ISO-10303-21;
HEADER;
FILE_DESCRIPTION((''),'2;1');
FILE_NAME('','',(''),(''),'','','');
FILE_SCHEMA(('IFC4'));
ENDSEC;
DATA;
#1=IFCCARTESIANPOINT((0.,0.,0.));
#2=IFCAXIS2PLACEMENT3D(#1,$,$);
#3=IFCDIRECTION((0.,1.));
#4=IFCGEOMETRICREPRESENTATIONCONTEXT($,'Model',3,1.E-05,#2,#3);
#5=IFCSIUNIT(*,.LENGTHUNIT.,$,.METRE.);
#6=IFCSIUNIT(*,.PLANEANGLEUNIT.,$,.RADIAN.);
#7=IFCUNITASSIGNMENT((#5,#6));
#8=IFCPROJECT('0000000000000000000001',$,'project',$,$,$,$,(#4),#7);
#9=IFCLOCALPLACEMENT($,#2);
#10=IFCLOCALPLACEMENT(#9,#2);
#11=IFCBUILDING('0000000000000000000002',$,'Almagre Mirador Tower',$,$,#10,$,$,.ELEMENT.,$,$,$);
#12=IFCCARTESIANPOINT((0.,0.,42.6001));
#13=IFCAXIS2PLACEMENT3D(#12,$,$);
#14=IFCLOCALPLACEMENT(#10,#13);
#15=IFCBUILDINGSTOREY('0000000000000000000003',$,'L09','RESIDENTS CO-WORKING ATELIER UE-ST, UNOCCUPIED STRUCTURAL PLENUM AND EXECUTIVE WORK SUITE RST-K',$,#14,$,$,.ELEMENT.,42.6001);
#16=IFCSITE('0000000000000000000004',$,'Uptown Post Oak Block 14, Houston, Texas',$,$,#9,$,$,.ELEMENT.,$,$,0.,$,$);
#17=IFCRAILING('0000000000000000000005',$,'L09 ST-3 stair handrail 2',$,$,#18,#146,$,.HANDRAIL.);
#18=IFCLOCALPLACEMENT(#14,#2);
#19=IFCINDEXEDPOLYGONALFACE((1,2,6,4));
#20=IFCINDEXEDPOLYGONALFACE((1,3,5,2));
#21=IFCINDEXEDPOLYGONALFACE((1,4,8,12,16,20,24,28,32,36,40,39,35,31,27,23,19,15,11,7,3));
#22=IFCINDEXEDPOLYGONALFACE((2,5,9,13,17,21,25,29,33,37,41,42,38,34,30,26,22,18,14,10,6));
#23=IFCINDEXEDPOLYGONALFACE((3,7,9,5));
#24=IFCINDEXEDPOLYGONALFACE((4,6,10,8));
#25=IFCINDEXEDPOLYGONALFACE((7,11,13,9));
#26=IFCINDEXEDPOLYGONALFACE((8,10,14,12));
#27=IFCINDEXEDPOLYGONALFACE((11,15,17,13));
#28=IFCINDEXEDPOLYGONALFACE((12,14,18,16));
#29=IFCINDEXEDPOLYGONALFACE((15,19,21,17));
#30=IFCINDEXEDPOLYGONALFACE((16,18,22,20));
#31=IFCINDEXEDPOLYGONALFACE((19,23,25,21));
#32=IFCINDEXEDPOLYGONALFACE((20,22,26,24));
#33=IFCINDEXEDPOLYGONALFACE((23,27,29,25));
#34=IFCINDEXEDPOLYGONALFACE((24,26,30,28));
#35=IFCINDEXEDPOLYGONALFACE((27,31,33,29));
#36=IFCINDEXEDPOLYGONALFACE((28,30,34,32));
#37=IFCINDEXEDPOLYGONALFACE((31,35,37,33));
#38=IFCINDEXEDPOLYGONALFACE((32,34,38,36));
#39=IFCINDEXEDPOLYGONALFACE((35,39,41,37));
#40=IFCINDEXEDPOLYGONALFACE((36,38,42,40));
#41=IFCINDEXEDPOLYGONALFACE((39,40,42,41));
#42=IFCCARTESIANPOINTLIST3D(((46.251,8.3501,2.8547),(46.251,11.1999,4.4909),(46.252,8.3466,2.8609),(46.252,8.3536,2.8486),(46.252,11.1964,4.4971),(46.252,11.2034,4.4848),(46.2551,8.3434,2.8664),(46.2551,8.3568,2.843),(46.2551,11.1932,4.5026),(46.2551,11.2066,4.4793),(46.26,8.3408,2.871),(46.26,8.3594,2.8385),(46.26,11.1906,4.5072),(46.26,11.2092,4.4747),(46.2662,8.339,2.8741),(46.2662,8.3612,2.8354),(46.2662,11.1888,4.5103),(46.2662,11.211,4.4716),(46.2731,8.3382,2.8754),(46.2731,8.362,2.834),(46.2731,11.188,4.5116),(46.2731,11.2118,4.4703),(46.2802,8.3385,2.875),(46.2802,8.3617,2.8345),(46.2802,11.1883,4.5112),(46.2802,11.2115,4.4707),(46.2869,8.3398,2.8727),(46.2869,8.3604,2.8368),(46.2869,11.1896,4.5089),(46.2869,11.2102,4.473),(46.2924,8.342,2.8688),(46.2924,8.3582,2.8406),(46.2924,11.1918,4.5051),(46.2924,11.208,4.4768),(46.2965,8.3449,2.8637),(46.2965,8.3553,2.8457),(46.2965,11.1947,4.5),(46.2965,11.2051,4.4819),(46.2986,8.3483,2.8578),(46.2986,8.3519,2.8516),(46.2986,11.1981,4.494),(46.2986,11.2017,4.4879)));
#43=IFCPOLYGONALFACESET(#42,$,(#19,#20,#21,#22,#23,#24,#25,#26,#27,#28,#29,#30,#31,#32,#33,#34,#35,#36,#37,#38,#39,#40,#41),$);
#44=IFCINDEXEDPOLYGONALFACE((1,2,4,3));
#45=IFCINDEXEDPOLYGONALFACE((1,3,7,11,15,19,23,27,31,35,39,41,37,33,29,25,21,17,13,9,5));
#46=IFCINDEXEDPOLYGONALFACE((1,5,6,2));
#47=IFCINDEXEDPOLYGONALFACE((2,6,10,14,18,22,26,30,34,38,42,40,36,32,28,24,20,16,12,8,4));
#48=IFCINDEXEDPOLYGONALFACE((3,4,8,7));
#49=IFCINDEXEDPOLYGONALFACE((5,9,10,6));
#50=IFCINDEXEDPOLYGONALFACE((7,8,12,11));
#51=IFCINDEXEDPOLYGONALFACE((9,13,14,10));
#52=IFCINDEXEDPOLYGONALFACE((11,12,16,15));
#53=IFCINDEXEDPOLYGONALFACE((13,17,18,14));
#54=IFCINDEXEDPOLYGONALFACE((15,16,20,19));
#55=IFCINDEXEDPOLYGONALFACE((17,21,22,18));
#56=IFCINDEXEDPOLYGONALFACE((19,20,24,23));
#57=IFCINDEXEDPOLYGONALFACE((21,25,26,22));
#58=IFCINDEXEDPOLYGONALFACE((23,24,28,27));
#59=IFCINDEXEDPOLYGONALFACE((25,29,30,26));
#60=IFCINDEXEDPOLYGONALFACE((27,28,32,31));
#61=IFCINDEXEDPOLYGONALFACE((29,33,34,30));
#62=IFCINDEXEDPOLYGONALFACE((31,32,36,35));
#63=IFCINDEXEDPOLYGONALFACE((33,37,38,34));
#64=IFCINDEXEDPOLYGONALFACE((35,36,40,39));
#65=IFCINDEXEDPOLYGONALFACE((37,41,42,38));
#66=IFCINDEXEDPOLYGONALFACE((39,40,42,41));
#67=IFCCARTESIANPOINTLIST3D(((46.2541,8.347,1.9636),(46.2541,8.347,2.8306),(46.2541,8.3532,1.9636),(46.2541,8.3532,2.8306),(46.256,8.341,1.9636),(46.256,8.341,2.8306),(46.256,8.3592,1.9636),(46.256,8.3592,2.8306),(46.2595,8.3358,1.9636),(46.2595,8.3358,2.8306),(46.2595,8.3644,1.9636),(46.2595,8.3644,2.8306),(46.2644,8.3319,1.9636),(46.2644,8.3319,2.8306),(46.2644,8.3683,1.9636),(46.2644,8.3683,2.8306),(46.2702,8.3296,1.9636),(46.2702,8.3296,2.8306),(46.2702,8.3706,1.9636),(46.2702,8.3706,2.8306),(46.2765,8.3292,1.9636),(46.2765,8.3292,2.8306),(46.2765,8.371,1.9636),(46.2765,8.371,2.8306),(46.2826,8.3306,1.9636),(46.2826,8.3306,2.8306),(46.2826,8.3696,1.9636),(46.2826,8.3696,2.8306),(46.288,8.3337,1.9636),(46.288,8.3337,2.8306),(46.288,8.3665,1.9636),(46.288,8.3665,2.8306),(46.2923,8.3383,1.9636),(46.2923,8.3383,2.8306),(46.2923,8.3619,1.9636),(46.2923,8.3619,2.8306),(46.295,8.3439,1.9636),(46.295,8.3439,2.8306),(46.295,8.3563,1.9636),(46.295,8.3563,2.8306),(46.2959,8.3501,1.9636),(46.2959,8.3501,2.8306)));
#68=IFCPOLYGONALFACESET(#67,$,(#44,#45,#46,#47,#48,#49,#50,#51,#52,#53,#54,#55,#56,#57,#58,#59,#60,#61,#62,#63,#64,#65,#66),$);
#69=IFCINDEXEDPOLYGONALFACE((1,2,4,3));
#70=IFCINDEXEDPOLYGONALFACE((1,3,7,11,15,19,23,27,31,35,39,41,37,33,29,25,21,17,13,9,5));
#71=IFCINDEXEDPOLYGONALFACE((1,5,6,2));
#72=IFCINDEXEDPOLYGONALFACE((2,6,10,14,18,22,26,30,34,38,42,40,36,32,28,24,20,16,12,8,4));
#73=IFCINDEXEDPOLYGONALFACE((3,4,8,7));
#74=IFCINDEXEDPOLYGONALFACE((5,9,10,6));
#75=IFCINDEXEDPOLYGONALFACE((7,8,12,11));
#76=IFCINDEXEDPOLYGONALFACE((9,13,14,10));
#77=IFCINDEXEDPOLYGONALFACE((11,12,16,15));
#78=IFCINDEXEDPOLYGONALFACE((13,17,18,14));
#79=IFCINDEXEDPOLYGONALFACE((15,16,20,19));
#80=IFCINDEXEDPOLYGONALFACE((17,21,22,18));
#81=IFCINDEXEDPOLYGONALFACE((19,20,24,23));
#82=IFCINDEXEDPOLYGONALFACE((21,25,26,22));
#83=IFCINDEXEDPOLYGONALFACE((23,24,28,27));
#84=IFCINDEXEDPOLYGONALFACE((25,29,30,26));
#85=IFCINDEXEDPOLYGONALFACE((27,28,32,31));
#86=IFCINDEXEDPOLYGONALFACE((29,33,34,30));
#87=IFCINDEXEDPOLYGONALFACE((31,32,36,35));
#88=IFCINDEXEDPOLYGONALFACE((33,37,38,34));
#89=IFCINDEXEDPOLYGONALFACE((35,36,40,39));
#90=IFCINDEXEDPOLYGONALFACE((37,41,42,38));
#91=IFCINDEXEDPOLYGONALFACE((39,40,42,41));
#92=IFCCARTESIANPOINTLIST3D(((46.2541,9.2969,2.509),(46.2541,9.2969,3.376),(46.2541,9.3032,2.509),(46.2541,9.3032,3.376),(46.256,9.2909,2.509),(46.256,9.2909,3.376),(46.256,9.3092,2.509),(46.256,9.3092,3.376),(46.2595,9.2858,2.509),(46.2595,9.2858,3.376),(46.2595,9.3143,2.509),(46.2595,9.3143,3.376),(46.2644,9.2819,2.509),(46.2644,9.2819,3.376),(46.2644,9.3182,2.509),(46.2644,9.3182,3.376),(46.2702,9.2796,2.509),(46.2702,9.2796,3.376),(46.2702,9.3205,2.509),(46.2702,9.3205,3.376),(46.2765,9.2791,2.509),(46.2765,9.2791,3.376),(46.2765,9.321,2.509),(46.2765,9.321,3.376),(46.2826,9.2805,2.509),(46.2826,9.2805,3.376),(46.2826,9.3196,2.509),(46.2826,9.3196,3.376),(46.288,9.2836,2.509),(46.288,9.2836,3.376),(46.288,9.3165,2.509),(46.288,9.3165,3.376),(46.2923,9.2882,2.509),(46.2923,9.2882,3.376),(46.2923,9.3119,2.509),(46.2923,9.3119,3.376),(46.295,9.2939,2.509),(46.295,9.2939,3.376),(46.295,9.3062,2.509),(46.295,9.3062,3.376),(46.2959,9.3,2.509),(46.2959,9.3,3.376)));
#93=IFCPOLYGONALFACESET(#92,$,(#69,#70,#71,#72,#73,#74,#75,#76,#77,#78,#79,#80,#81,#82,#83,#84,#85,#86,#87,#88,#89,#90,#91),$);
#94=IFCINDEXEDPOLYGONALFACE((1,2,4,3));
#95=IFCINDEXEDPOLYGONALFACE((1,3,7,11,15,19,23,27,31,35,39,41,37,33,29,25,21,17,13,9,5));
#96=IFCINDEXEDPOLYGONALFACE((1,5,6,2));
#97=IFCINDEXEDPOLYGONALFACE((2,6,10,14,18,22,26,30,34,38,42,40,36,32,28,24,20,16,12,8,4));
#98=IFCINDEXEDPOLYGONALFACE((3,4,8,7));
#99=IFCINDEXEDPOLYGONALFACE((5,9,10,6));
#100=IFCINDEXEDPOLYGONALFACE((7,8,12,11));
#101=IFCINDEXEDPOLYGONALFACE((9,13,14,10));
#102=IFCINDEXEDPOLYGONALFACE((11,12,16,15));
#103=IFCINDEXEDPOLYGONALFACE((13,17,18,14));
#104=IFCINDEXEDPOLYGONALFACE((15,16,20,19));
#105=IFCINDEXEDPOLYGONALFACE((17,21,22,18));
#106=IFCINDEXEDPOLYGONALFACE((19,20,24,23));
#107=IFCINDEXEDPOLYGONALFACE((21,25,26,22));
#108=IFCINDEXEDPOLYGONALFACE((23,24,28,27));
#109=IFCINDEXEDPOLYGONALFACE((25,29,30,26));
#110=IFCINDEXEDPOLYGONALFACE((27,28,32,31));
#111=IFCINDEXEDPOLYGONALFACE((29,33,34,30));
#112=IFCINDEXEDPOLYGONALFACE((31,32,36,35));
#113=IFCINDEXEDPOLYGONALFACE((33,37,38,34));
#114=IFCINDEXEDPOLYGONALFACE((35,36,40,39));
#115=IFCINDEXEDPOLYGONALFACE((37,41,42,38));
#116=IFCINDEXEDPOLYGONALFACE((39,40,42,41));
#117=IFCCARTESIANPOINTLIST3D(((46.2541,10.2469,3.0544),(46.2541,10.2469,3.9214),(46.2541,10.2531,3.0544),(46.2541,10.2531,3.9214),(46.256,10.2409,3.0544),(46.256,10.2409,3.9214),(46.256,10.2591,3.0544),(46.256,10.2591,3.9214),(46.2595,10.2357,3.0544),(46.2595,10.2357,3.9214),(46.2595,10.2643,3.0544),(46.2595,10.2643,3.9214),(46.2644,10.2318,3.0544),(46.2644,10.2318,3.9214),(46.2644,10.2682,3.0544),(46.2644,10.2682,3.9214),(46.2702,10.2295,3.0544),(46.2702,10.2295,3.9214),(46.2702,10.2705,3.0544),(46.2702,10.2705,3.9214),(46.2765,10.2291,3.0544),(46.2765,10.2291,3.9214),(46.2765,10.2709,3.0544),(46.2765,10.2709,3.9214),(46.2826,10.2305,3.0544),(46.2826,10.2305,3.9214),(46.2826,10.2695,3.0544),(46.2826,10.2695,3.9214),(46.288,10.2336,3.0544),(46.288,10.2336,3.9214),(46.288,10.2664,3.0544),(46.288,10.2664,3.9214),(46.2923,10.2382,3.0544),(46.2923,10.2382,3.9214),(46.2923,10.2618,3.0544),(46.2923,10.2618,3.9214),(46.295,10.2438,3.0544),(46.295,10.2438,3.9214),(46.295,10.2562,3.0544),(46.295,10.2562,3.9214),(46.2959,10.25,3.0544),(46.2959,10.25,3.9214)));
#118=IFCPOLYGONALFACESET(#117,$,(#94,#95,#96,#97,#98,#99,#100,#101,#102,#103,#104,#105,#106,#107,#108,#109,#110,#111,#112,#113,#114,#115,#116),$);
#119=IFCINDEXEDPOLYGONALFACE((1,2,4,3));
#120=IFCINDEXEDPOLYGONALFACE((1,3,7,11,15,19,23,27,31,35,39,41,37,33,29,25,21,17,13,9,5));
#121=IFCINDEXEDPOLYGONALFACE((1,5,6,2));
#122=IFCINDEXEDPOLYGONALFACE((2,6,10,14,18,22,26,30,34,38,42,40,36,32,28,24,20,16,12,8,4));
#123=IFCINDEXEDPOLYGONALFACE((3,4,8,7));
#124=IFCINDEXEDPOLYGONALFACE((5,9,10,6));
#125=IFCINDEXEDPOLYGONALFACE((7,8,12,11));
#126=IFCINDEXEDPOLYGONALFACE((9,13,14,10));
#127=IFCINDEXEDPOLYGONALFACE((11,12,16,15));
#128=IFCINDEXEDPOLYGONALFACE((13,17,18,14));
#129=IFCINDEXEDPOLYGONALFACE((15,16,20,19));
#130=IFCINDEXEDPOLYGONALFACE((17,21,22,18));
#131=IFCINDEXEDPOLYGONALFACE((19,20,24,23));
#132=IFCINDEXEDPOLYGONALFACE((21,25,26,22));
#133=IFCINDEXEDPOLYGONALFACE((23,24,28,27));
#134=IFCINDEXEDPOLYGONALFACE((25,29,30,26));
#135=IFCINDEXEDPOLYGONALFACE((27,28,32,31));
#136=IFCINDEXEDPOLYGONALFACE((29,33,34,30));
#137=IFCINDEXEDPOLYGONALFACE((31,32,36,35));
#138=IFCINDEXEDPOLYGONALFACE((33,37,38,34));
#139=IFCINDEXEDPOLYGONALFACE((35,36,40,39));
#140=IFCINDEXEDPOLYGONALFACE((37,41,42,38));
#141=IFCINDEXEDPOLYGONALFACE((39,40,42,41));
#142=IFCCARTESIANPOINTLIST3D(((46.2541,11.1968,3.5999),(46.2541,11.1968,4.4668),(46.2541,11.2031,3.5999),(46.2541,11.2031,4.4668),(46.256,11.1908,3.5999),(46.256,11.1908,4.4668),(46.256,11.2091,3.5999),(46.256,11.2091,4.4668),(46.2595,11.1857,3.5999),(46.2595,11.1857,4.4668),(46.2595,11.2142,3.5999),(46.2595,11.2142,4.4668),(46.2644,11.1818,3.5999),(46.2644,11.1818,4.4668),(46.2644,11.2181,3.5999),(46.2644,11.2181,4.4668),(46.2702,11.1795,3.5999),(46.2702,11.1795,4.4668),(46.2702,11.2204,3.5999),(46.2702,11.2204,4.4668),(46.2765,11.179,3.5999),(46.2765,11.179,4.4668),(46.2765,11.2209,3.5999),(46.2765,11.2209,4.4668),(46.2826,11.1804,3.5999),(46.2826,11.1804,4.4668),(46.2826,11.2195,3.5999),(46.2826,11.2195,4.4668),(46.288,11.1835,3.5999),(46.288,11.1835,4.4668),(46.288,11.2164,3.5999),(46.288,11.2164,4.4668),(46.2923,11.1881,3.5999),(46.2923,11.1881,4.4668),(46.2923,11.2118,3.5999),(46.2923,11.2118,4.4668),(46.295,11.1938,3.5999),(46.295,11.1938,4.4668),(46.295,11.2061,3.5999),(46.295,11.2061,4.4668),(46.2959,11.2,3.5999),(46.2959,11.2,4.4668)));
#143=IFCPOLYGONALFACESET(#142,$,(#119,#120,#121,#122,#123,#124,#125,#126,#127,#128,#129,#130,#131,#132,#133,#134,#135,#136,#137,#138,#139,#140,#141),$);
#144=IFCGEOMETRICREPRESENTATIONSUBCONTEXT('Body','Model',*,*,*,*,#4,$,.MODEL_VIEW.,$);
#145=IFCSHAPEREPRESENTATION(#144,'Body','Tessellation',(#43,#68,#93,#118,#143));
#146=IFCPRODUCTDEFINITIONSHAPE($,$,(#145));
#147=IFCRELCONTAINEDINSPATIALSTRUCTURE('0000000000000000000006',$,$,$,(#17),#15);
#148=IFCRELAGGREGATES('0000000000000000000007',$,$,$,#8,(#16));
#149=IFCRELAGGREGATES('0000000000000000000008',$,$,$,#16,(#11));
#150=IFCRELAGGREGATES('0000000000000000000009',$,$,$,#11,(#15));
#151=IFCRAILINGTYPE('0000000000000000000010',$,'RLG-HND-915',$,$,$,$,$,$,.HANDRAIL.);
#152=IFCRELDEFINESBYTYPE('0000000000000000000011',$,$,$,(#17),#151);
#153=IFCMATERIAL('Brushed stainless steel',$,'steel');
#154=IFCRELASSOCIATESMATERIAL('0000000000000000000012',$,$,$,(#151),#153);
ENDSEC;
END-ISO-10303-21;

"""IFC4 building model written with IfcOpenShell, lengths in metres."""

from ifc_helpers import new_model, si_unit, direction, frame, origin, origin_2d, place, context, subcontext, project, spatial, circle, extrude, material, type_object, element, save


model = new_model("IFC4")

# Units and contexts
model_context = context("Model", 3, precision=1e-05, world=origin(), true_north=direction((0.0, 1.0)))
body_context = subcontext(model_context, "Body", "Model", "MODEL_VIEW")
ifc_project = project(units=[si_unit("LENGTHUNIT", "METRE"), si_unit("PLANEANGLEUNIT", "RADIAN")], contexts=[model_context])

# Site, building, storey
site_placement = place(None, origin())
site = spatial("IfcSite", under=ifc_project, at=site_placement, Name="Uptown Post Oak Block 14, Houston, Texas", CompositionType="ELEMENT", RefElevation=0.0)
building_placement = place(site_placement, origin())
building = spatial("IfcBuilding", under=site, at=building_placement, Name="Almagre Mirador Tower", CompositionType="ELEMENT")
storey_placement = place(building_placement, frame((0.0, 0.0, 42.6001)))
storey = spatial("IfcBuildingStorey", under=building, at=storey_placement, Name="L09", Description="RESIDENTS CO-WORKING ATELIER UE-ST, UNOCCUPIED STRUCTURAL PLENUM AND EXECUTIVE WORK SUITE RST-K", CompositionType="ELEMENT", Elevation=42.6001)

# Railing
ifc_material_1 = material(Name="Brushed stainless steel", Category="steel")
railing_type_1 = type_object("IfcRailingType", Name="RLG-HND-915", PredefinedType="HANDRAIL", material=ifc_material_1)
railing_1_placement = place(storey_placement, frame((46.2749, 8.3501, 1.9636)))
element("IfcRailing", 1, at=railing_1_placement, inside=storey, type_object=railing_type_1, Name="L09 ST-3 stair handrail 2", PredefinedType="HANDRAIL", context=body_context, shape_type="SweptSolid", body=[
    extrude(circle(Radius=0.0239, at=origin_2d()), frame((0.0, 0.0, 0.8911), z_axis=(0.0, 0.867226, 0.497914), x_axis=(-1.0, 0.0, 0.0)), (0.0, 0.0, 1.0), 3.2861),
    extrude(circle(Radius=0.021, at=origin_2d()), origin(), (0.0, 0.0, 1.0), 0.8669),
    extrude(circle(Radius=0.021, at=origin_2d()), frame((0.0, 0.95, 0.5454)), (0.0, 0.0, 1.0), 0.8669),
    extrude(circle(Radius=0.021, at=origin_2d()), frame((0.0, 1.8999, 1.0908)), (0.0, 0.0, 1.0), 0.8669),
    extrude(circle(Radius=0.021, at=origin_2d()), frame((0.0, 2.8499, 1.6362)), (0.0, 0.0, 1.0), 0.8669),
])

save(model, "model.ifc")
